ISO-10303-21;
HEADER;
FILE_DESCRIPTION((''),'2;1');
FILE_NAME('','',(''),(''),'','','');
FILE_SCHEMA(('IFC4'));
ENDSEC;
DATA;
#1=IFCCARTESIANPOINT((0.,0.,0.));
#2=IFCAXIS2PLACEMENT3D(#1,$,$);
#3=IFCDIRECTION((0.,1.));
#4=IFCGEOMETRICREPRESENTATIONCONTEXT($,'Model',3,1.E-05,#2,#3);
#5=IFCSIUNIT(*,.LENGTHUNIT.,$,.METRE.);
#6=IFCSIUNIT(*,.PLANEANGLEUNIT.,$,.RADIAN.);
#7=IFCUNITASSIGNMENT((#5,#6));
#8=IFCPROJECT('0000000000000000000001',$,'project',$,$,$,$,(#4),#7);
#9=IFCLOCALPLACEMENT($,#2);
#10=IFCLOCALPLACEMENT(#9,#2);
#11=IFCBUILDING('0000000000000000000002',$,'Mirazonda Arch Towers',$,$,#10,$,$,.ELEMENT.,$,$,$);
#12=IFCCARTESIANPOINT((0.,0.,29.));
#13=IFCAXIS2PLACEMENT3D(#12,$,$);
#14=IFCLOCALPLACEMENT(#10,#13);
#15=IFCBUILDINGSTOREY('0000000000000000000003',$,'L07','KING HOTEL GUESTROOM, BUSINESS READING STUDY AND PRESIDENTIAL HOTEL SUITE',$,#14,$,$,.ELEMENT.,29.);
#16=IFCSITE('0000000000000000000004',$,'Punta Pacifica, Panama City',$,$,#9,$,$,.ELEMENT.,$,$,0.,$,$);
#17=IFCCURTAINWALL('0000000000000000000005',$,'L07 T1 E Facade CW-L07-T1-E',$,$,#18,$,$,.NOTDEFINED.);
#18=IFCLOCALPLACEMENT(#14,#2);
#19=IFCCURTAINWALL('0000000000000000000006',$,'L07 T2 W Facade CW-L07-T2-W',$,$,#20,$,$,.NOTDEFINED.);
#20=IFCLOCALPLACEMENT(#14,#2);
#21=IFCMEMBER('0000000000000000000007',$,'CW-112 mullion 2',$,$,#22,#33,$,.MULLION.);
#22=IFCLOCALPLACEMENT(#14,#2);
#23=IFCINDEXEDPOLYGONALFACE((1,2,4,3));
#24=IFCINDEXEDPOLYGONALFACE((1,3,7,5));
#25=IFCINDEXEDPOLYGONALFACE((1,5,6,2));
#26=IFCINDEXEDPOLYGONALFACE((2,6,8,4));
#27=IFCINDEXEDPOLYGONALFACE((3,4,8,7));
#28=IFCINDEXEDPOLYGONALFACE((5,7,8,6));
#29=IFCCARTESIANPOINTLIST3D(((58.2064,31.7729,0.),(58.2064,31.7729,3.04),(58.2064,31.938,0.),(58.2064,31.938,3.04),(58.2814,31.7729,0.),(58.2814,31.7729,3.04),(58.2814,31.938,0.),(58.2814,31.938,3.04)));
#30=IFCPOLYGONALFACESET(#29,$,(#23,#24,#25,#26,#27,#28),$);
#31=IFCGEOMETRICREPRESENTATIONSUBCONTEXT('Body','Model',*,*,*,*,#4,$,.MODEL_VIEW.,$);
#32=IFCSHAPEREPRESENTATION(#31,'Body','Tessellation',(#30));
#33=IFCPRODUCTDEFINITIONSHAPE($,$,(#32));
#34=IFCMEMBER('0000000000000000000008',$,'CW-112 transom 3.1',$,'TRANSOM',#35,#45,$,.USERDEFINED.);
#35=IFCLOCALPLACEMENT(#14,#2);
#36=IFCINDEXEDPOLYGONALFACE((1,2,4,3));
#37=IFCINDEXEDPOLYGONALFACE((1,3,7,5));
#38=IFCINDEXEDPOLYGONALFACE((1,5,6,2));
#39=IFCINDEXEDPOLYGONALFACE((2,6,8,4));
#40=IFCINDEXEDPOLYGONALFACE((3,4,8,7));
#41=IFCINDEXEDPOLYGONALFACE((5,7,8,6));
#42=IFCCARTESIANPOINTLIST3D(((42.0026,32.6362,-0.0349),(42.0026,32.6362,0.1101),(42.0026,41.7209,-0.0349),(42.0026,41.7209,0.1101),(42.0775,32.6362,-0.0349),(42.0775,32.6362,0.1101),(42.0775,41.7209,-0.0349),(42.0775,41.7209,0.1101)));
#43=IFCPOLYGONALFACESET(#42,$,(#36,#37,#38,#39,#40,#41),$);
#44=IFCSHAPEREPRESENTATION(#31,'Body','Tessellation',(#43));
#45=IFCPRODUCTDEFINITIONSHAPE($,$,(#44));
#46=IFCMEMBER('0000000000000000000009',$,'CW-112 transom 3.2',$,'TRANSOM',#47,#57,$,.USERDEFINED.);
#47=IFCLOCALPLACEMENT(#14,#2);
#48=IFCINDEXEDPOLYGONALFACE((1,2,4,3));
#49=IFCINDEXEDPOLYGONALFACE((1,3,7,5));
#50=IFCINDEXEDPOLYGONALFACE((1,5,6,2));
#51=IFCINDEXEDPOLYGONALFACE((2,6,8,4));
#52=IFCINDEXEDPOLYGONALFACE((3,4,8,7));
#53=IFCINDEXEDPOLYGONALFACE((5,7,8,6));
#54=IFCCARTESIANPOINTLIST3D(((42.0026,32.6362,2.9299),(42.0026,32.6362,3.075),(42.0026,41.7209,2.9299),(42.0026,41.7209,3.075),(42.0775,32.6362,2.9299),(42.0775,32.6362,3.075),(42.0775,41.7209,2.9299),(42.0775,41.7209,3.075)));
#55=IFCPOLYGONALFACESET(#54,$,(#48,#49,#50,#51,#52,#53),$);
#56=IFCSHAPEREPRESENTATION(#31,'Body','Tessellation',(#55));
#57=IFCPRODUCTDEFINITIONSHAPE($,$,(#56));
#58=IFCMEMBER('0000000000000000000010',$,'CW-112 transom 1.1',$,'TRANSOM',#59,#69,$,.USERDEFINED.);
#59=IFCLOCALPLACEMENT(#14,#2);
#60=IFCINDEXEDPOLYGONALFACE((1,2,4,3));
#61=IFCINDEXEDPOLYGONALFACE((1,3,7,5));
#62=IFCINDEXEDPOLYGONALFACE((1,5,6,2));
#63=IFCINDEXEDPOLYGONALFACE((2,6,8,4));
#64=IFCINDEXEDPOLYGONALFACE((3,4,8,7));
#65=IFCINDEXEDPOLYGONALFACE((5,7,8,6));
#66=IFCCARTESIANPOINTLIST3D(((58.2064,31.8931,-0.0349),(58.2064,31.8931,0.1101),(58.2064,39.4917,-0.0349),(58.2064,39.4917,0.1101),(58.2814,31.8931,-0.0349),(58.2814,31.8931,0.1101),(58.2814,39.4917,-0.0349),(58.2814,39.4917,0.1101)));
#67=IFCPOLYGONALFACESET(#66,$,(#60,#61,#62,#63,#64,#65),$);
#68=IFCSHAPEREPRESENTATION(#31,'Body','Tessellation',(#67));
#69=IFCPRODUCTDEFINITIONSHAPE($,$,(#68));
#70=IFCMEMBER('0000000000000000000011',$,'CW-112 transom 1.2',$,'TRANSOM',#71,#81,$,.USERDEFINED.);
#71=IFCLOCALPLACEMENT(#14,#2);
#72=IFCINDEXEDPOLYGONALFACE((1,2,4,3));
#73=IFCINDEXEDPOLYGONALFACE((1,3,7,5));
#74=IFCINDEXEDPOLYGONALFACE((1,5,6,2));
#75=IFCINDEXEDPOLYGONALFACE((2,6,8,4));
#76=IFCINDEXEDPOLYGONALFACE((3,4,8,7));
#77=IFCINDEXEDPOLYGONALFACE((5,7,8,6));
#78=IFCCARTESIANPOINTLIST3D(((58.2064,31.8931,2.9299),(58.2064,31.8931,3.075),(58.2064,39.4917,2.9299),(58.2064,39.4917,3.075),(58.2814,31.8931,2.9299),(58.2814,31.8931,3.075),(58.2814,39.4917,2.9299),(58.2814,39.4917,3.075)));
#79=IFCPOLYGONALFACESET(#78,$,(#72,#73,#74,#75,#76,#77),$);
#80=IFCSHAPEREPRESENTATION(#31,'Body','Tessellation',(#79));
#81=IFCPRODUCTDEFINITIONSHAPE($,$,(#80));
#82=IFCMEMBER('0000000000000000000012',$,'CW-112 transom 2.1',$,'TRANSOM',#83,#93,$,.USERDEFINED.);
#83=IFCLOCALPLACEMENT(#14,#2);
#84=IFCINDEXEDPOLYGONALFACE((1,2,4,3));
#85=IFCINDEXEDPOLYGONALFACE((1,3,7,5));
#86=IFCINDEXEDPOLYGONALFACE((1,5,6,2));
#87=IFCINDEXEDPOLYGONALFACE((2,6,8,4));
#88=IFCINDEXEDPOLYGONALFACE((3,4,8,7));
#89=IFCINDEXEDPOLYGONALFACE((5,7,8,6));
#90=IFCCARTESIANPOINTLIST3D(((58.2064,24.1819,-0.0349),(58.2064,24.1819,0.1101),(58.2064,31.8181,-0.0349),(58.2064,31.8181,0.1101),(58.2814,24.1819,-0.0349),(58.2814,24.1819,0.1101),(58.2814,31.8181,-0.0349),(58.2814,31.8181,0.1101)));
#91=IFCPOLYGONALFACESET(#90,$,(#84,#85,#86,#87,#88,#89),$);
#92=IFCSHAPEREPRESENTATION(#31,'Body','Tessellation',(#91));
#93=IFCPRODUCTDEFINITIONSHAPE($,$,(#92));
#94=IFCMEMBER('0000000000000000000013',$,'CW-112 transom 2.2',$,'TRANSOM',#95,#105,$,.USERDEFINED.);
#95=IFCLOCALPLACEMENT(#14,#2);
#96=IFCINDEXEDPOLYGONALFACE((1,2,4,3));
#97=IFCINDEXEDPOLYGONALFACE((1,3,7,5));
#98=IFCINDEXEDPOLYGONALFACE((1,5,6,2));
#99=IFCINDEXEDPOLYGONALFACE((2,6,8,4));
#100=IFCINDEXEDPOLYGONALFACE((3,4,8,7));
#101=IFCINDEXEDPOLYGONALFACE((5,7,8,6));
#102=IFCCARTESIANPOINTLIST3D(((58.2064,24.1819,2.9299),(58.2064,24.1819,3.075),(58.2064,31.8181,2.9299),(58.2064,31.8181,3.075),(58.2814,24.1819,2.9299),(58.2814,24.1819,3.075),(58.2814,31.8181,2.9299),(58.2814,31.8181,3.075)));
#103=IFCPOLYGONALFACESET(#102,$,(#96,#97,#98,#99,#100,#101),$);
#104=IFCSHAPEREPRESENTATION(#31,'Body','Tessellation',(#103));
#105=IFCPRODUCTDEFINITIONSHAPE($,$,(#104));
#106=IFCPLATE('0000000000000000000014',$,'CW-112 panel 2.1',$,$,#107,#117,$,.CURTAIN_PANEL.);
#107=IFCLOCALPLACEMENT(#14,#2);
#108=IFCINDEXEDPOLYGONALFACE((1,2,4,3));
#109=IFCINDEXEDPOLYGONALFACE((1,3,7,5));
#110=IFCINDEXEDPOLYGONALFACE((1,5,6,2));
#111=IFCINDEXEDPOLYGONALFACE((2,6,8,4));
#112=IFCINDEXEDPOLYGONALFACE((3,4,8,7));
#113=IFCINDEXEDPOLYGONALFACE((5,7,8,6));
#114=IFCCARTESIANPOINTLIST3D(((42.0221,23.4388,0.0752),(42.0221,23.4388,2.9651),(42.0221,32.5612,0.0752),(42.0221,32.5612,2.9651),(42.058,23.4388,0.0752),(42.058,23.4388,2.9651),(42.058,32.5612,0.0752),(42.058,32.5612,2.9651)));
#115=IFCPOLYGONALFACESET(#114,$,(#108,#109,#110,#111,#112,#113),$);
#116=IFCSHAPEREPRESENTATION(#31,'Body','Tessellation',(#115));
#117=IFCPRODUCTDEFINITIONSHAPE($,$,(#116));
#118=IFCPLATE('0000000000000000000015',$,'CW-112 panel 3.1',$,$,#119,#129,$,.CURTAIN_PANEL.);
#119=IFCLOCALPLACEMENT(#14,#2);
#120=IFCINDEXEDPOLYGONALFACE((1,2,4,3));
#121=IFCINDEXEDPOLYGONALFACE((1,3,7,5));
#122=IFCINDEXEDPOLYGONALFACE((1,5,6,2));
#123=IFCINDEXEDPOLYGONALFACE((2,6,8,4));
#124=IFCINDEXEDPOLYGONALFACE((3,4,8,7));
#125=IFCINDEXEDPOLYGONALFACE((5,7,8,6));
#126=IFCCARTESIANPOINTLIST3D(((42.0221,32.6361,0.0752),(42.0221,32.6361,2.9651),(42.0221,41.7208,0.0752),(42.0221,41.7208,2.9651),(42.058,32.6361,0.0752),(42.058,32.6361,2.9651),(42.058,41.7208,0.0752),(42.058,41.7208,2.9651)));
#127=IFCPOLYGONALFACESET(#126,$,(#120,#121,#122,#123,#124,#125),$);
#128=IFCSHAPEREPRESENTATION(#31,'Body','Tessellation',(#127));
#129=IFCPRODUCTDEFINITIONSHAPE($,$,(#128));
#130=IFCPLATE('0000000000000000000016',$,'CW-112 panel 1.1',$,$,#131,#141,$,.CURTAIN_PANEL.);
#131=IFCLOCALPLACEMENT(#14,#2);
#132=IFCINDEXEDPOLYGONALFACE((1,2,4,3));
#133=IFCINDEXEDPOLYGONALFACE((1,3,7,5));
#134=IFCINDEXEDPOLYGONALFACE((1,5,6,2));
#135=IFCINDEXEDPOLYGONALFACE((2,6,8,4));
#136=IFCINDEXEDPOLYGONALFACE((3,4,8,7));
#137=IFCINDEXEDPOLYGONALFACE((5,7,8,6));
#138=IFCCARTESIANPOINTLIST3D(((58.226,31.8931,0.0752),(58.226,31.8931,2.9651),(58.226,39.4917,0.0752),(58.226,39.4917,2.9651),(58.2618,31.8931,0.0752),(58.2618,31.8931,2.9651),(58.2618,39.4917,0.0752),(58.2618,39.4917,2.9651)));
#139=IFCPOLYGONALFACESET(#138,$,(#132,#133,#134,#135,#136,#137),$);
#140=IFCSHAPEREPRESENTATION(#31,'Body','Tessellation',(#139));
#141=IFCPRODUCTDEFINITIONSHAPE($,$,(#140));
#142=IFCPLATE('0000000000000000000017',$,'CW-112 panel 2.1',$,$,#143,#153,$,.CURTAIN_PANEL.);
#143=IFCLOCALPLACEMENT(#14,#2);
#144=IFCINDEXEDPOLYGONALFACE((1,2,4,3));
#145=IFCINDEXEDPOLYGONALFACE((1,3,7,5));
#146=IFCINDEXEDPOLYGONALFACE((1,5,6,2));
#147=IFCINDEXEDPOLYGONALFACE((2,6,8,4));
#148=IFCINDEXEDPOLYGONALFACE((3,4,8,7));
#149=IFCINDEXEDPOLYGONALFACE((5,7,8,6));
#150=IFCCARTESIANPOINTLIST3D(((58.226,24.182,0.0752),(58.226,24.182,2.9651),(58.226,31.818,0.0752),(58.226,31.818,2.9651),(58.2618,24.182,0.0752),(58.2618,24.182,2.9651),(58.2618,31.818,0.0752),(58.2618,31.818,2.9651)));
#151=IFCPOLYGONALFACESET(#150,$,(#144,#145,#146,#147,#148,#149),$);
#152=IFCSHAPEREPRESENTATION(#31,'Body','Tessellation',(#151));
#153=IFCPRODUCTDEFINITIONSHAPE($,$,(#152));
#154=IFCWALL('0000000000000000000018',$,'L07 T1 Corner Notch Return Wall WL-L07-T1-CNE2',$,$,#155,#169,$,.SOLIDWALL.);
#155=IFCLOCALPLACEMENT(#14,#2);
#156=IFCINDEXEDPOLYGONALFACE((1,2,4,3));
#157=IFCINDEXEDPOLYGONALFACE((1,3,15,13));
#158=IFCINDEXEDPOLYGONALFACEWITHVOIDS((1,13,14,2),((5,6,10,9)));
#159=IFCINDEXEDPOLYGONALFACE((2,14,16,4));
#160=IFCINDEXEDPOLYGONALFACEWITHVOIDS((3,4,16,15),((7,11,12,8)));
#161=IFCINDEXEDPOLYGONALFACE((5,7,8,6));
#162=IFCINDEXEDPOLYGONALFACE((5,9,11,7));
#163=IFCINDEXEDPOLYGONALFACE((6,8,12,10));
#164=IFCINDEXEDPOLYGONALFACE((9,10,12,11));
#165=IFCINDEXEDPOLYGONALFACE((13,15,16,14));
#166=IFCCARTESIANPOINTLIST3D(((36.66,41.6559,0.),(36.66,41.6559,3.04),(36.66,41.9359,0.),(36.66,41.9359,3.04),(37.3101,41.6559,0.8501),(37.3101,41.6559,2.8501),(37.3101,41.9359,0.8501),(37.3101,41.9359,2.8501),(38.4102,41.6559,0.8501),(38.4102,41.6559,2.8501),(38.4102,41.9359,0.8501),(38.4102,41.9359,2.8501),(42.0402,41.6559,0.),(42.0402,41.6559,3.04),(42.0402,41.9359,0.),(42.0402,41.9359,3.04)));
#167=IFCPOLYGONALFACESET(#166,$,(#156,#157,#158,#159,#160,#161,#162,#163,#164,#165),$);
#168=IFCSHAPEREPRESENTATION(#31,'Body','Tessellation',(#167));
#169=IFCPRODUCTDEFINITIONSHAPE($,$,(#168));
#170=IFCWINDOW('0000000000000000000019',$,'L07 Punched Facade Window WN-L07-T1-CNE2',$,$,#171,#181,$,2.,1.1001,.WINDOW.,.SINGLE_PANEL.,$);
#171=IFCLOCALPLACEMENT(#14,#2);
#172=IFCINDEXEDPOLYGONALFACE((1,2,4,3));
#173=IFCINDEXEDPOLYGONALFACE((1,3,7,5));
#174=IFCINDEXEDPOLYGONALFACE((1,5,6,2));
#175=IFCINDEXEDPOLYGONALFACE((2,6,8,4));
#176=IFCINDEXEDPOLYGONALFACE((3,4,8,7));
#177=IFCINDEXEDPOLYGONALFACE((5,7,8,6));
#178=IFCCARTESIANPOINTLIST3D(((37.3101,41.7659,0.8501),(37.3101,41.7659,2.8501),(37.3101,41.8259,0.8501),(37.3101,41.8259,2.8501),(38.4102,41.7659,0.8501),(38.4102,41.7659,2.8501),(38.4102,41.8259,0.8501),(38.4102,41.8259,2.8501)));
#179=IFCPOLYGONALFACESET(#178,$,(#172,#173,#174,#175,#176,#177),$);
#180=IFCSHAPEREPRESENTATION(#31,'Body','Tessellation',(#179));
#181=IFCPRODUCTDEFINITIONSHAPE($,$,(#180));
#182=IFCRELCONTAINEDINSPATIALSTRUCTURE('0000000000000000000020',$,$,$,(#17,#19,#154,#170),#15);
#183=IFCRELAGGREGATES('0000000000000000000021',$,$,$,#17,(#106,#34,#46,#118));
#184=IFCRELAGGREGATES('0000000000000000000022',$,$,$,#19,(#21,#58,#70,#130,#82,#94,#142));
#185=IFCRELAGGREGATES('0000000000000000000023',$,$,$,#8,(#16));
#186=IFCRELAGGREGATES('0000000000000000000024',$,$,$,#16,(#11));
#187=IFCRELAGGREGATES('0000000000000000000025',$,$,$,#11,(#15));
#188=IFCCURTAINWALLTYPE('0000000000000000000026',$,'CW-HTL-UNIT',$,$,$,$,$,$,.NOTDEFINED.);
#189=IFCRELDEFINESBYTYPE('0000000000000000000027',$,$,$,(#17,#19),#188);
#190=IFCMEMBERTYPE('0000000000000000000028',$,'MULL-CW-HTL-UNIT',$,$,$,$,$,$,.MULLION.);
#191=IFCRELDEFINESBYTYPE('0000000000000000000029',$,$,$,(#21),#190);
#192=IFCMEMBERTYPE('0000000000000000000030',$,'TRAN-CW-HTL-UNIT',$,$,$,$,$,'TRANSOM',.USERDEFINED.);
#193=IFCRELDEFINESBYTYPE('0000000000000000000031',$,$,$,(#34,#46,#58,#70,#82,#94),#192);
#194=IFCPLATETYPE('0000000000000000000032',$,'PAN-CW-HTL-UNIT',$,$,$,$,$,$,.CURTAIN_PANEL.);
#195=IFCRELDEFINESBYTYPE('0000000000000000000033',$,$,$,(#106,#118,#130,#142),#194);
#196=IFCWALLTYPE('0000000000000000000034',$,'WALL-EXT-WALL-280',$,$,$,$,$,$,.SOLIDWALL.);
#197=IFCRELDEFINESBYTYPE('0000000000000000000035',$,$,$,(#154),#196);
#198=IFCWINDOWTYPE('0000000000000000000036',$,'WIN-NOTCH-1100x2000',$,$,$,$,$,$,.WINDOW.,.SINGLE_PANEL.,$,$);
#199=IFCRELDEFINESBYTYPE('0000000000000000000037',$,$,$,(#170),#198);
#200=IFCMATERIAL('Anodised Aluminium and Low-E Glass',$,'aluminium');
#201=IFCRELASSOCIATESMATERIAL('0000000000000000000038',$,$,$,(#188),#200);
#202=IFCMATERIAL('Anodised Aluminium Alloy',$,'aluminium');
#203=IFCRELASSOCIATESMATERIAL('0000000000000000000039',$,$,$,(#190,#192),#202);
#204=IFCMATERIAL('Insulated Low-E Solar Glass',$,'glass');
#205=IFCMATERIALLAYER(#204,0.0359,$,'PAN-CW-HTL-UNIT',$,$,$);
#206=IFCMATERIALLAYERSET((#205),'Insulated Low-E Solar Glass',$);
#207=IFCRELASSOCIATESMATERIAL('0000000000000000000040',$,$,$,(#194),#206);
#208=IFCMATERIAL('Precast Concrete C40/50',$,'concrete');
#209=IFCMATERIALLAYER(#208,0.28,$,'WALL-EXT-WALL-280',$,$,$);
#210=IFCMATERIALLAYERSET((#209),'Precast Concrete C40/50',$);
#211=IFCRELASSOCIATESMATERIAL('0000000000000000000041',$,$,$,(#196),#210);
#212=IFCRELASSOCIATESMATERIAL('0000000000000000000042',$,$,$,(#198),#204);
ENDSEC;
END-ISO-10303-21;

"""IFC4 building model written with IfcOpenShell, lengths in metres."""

from ifc_helpers import new_model, si_unit, direction, frame, frame_2d, origin, origin_2d, place, context, subcontext, project, spatial, rectangle, extrude, material, layer, layer_set, material_profile, profile_set, type_object, element, fill, aggregate, save


model = new_model("IFC4")

# Units and contexts
model_context = context("Model", 3, precision=1e-05, world=origin(), true_north=direction((0.0, 1.0)))
body_context = subcontext(model_context, "Body", "Model", "MODEL_VIEW")
ifc_project = project(units=[si_unit("LENGTHUNIT", "METRE"), si_unit("PLANEANGLEUNIT", "RADIAN")], contexts=[model_context])

# Site, building, storey
site_placement = place(None, origin())
site = spatial("IfcSite", under=ifc_project, at=site_placement, Name="Punta Pacifica, Panama City", CompositionType="ELEMENT", RefElevation=0.0)
building_placement = place(site_placement, origin())
building = spatial("IfcBuilding", under=site, at=building_placement, Name="Mirazonda Arch Towers", CompositionType="ELEMENT")
storey_placement = place(building_placement, frame((0.0, 0.0, 29.0)))
storey = spatial("IfcBuildingStorey", under=building, at=storey_placement, Name="L07", Description="KING HOTEL GUESTROOM, BUSINESS READING STUDY AND PRESIDENTIAL HOTEL SUITE", CompositionType="ELEMENT", Elevation=29.0)

# Curtain walls, member
ifc_material_1 = material(Name="Anodised Aluminium and Low-E Glass", Category="aluminium")
curtain_wall_type = type_object("IfcCurtainWallType", Name="CW-HTL-UNIT", PredefinedType="NOTDEFINED", material=ifc_material_1)
curtain_wall_1_placement = place(storey_placement, origin())
curtain_wall_1 = element("IfcCurtainWall", 1, at=curtain_wall_1_placement, inside=storey, type_object=curtain_wall_type, Name="L07 T1 E Facade CW-L07-T1-E", PredefinedType="NOTDEFINED")
ifc_material_2 = material(Name="Anodised Aluminium Alloy", Category="aluminium")
ifc_material_profile_1 = material_profile(ifc_material_2, rectangle(XDim=0.075, YDim=0.165, at=origin_2d()), Name="ALU-MULL-75x165")
ifc_profile_set_1 = profile_set([ifc_material_profile_1], Name="Anodised Aluminium Alloy")
member_type_1 = type_object("IfcMemberType", Name="MULL-CW-HTL-UNIT", PredefinedType="MULLION", material=ifc_profile_set_1)
curtain_wall_2_placement = place(storey_placement, origin())
curtain_wall_2 = element("IfcCurtainWall", 2, at=curtain_wall_2_placement, inside=storey, type_object=curtain_wall_type, Name="L07 T2 W Facade CW-L07-T2-W", PredefinedType="NOTDEFINED")
member_1_placement = place(storey_placement, frame((58.2439, 31.8555, 0.0), z_axis=(0.0, 0.0, 1.0), x_axis=(1.0, 0.0, 0.0)))
member_1 = element("IfcMember", 3, at=member_1_placement, type_object=member_type_1, Name="CW-112 mullion 2", PredefinedType="MULLION", context=body_context, shape_type="SweptSolid", body=[
    extrude(rectangle(XDim=0.075, YDim=0.165, at=origin_2d()), origin(), (0.0, 0.0, 1.0), 3.04),
])

# Members
ifc_material_profile_2 = material_profile(ifc_material_2, rectangle(XDim=0.075, YDim=0.145, at=origin_2d()), Name="ALU-TRAN-75x145")
ifc_profile_set_2 = profile_set([ifc_material_profile_2], Name="Anodised Aluminium Alloy")
member_type_2 = type_object("IfcMemberType", Name="TRAN-CW-HTL-UNIT", ElementType="TRANSOM", PredefinedType="USERDEFINED", material=ifc_profile_set_2)
member_2_placement = place(storey_placement, frame((42.04, 32.6362, 0.0376), z_axis=(0.0, 1.0, 0.0), x_axis=(-1.0, 0.0, 0.0)))
member_2 = element("IfcMember", 4, at=member_2_placement, type_object=member_type_2, Name="CW-112 transom 3.1", ObjectType="TRANSOM", PredefinedType="USERDEFINED", context=body_context, shape_type="SweptSolid", body=[
    extrude(rectangle(XDim=0.075, YDim=0.145, at=origin_2d()), origin(), (0.0, 0.0, 1.0), 9.0847),
])
member_3_placement = place(storey_placement, frame((42.04, 32.6362, 3.0024), z_axis=(0.0, 1.0, 0.0), x_axis=(-1.0, 0.0, 0.0)))
member_3 = element("IfcMember", 5, at=member_3_placement, type_object=member_type_2, Name="CW-112 transom 3.2", ObjectType="TRANSOM", PredefinedType="USERDEFINED", context=body_context, shape_type="SweptSolid", body=[
    extrude(rectangle(XDim=0.075, YDim=0.145, at=origin_2d()), origin(), (0.0, 0.0, 1.0), 9.0847),
])
member_4_placement = place(storey_placement, frame((58.2439, 39.4917, 0.0376), z_axis=(0.0, -1.0, 0.0), x_axis=(1.0, 0.0, 0.0)))
member_4 = element("IfcMember", 6, at=member_4_placement, type_object=member_type_2, Name="CW-112 transom 1.1", ObjectType="TRANSOM", PredefinedType="USERDEFINED", context=body_context, shape_type="SweptSolid", body=[
    extrude(rectangle(XDim=0.075, YDim=0.145, at=origin_2d()), origin(), (0.0, 0.0, 1.0), 7.5986),
])
member_5_placement = place(storey_placement, frame((58.2439, 39.4917, 3.0024), z_axis=(0.0, -1.0, 0.0), x_axis=(1.0, 0.0, 0.0)))
member_5 = element("IfcMember", 7, at=member_5_placement, type_object=member_type_2, Name="CW-112 transom 1.2", ObjectType="TRANSOM", PredefinedType="USERDEFINED", context=body_context, shape_type="SweptSolid", body=[
    extrude(rectangle(XDim=0.075, YDim=0.145, at=origin_2d()), origin(), (0.0, 0.0, 1.0), 7.5986),
])
member_6_placement = place(storey_placement, frame((58.2439, 31.8181, 0.0376), z_axis=(0.0, -1.0, 0.0), x_axis=(1.0, 0.0, 0.0)))
member_6 = element("IfcMember", 8, at=member_6_placement, type_object=member_type_2, Name="CW-112 transom 2.1", ObjectType="TRANSOM", PredefinedType="USERDEFINED", context=body_context, shape_type="SweptSolid", body=[
    extrude(rectangle(XDim=0.075, YDim=0.145, at=origin_2d()), origin(), (0.0, 0.0, 1.0), 7.6362),
])
member_7_placement = place(storey_placement, frame((58.2439, 31.8181, 3.0024), z_axis=(0.0, -1.0, 0.0), x_axis=(1.0, 0.0, 0.0)))
member_7 = element("IfcMember", 9, at=member_7_placement, type_object=member_type_2, Name="CW-112 transom 2.2", ObjectType="TRANSOM", PredefinedType="USERDEFINED", context=body_context, shape_type="SweptSolid", body=[
    extrude(rectangle(XDim=0.075, YDim=0.145, at=origin_2d()), origin(), (0.0, 0.0, 1.0), 7.6362),
])

# Plates
ifc_material_3 = material(Name="Insulated Low-E Solar Glass", Category="glass")
ifc_layer_1 = layer(ifc_material_3, 0.0359, Name="PAN-CW-HTL-UNIT")
ifc_layer_set_1 = layer_set([ifc_layer_1], Name="Insulated Low-E Solar Glass")
plate_type = type_object("IfcPlateType", Name="PAN-CW-HTL-UNIT", PredefinedType="CURTAIN_PANEL", material=ifc_layer_set_1)
plate_1_placement = place(storey_placement, frame((42.04, 28.0, 0.0752), z_axis=(0.0, 0.0, 1.0), x_axis=(0.0, 1.0, 0.0)))
plate_1 = element("IfcPlate", 10, at=plate_1_placement, type_object=plate_type, Name="CW-112 panel 2.1", PredefinedType="CURTAIN_PANEL", context=body_context, shape_type="SweptSolid", body=[
    extrude(rectangle(XDim=9.1223, YDim=0.0359, at=origin_2d()), origin(), (0.0, 0.0, 1.0), 2.8899),
])
plate_2_placement = place(storey_placement, frame((42.04, 37.1785, 0.0752), z_axis=(0.0, 0.0, 1.0), x_axis=(0.0, 1.0, 0.0)))
plate_2 = element("IfcPlate", 11, at=plate_2_placement, type_object=plate_type, Name="CW-112 panel 3.1", PredefinedType="CURTAIN_PANEL", context=body_context, shape_type="SweptSolid", body=[
    extrude(rectangle(XDim=9.0847, YDim=0.0359, at=origin_2d()), origin(), (0.0, 0.0, 1.0), 2.8899),
])
aggregate(curtain_wall_1, [plate_1, member_2, member_3, plate_2])
plate_3_placement = place(storey_placement, frame((58.2439, 35.6924, 0.0752), z_axis=(0.0, 0.0, 1.0), x_axis=(0.0, -1.0, 0.0)))
plate_3 = element("IfcPlate", 12, at=plate_3_placement, type_object=plate_type, Name="CW-112 panel 1.1", PredefinedType="CURTAIN_PANEL", context=body_context, shape_type="SweptSolid", body=[
    extrude(rectangle(XDim=7.5986, YDim=0.0359, at=origin_2d()), origin(), (0.0, 0.0, 1.0), 2.8899),
])
plate_4_placement = place(storey_placement, frame((58.2439, 28.0, 0.0752), z_axis=(0.0, 0.0, 1.0), x_axis=(0.0, -1.0, 0.0)))
plate_4 = element("IfcPlate", 13, at=plate_4_placement, type_object=plate_type, Name="CW-112 panel 2.1", PredefinedType="CURTAIN_PANEL", context=body_context, shape_type="SweptSolid", body=[
    extrude(rectangle(XDim=7.636, YDim=0.0359, at=origin_2d()), origin(), (0.0, 0.0, 1.0), 2.8899),
])
aggregate(curtain_wall_2, [member_1, member_4, member_5, plate_3, member_6, member_7, plate_4])

# Wall, opening, window
ifc_material_4 = material(Name="Precast Concrete C40/50", Category="concrete")
ifc_layer_2 = layer(ifc_material_4, 0.28, Name="WALL-EXT-WALL-280")
ifc_layer_set_2 = layer_set([ifc_layer_2], Name="Precast Concrete C40/50")
wall_type_1 = type_object("IfcWallType", Name="WALL-EXT-WALL-280", PredefinedType="SOLIDWALL", material=ifc_layer_set_2)
wall_1_placement = place(storey_placement, frame((42.04, 41.7959, 0.0), z_axis=(0.0, 0.0, 1.0), x_axis=(-1.0, 0.0, 0.0)))
wall_1 = element("IfcWall", 14, at=wall_1_placement, inside=storey, type_object=wall_type_1, Name="L07 T1 Corner Notch Return Wall WL-L07-T1-CNE2", PredefinedType="SOLIDWALL", context=body_context, shape_type="SweptSolid", body=[
    extrude(rectangle(XDim=5.3801, YDim=0.28, at=frame_2d((2.6899, 0.0))), origin(), (0.0, 0.0, 1.0), 3.04),
])
opening_1_placement = place(wall_1_placement, frame((3.6299, 0.0, 0.8501)))
opening_1 = element("IfcOpeningElement", 15, at=opening_1_placement, cuts=wall_1, PredefinedType="OPENING", context=body_context, shape_type="SweptSolid", body=[
    extrude(rectangle(XDim=1.1001, YDim=2.0, at=frame_2d((0.55, 1.0))), frame((0.0, 0.1499, 0.0), z_axis=(0.0, -1.0, 0.0), x_axis=(1.0, 0.0, 0.0)), (0.0, 0.0, 1.0), 0.3),
])
window_type = type_object("IfcWindowType", Name="WIN-NOTCH-1100x2000", PartitioningType="SINGLE_PANEL", PredefinedType="WINDOW", material=ifc_material_3)
window_1_placement = place(opening_1_placement, origin())
window_1 = element("IfcWindow", 16, at=window_1_placement, inside=storey, type_object=window_type, Name="L07 Punched Facade Window WN-L07-T1-CNE2", OverallHeight=2.0, OverallWidth=1.1001, PartitioningType="SINGLE_PANEL", PredefinedType="WINDOW", context=body_context, shape_type="SweptSolid", body=[
    extrude(rectangle(XDim=1.1001, YDim=2.0, at=frame_2d((0.55, 1.0))), frame((0.0, 0.03, 0.0), z_axis=(0.0, -1.0, 0.0), x_axis=(1.0, 0.0, 0.0)), (0.0, 0.0, 1.0), 0.0601),
])
fill(opening_1, window_1)

save(model, "model.ifc")
